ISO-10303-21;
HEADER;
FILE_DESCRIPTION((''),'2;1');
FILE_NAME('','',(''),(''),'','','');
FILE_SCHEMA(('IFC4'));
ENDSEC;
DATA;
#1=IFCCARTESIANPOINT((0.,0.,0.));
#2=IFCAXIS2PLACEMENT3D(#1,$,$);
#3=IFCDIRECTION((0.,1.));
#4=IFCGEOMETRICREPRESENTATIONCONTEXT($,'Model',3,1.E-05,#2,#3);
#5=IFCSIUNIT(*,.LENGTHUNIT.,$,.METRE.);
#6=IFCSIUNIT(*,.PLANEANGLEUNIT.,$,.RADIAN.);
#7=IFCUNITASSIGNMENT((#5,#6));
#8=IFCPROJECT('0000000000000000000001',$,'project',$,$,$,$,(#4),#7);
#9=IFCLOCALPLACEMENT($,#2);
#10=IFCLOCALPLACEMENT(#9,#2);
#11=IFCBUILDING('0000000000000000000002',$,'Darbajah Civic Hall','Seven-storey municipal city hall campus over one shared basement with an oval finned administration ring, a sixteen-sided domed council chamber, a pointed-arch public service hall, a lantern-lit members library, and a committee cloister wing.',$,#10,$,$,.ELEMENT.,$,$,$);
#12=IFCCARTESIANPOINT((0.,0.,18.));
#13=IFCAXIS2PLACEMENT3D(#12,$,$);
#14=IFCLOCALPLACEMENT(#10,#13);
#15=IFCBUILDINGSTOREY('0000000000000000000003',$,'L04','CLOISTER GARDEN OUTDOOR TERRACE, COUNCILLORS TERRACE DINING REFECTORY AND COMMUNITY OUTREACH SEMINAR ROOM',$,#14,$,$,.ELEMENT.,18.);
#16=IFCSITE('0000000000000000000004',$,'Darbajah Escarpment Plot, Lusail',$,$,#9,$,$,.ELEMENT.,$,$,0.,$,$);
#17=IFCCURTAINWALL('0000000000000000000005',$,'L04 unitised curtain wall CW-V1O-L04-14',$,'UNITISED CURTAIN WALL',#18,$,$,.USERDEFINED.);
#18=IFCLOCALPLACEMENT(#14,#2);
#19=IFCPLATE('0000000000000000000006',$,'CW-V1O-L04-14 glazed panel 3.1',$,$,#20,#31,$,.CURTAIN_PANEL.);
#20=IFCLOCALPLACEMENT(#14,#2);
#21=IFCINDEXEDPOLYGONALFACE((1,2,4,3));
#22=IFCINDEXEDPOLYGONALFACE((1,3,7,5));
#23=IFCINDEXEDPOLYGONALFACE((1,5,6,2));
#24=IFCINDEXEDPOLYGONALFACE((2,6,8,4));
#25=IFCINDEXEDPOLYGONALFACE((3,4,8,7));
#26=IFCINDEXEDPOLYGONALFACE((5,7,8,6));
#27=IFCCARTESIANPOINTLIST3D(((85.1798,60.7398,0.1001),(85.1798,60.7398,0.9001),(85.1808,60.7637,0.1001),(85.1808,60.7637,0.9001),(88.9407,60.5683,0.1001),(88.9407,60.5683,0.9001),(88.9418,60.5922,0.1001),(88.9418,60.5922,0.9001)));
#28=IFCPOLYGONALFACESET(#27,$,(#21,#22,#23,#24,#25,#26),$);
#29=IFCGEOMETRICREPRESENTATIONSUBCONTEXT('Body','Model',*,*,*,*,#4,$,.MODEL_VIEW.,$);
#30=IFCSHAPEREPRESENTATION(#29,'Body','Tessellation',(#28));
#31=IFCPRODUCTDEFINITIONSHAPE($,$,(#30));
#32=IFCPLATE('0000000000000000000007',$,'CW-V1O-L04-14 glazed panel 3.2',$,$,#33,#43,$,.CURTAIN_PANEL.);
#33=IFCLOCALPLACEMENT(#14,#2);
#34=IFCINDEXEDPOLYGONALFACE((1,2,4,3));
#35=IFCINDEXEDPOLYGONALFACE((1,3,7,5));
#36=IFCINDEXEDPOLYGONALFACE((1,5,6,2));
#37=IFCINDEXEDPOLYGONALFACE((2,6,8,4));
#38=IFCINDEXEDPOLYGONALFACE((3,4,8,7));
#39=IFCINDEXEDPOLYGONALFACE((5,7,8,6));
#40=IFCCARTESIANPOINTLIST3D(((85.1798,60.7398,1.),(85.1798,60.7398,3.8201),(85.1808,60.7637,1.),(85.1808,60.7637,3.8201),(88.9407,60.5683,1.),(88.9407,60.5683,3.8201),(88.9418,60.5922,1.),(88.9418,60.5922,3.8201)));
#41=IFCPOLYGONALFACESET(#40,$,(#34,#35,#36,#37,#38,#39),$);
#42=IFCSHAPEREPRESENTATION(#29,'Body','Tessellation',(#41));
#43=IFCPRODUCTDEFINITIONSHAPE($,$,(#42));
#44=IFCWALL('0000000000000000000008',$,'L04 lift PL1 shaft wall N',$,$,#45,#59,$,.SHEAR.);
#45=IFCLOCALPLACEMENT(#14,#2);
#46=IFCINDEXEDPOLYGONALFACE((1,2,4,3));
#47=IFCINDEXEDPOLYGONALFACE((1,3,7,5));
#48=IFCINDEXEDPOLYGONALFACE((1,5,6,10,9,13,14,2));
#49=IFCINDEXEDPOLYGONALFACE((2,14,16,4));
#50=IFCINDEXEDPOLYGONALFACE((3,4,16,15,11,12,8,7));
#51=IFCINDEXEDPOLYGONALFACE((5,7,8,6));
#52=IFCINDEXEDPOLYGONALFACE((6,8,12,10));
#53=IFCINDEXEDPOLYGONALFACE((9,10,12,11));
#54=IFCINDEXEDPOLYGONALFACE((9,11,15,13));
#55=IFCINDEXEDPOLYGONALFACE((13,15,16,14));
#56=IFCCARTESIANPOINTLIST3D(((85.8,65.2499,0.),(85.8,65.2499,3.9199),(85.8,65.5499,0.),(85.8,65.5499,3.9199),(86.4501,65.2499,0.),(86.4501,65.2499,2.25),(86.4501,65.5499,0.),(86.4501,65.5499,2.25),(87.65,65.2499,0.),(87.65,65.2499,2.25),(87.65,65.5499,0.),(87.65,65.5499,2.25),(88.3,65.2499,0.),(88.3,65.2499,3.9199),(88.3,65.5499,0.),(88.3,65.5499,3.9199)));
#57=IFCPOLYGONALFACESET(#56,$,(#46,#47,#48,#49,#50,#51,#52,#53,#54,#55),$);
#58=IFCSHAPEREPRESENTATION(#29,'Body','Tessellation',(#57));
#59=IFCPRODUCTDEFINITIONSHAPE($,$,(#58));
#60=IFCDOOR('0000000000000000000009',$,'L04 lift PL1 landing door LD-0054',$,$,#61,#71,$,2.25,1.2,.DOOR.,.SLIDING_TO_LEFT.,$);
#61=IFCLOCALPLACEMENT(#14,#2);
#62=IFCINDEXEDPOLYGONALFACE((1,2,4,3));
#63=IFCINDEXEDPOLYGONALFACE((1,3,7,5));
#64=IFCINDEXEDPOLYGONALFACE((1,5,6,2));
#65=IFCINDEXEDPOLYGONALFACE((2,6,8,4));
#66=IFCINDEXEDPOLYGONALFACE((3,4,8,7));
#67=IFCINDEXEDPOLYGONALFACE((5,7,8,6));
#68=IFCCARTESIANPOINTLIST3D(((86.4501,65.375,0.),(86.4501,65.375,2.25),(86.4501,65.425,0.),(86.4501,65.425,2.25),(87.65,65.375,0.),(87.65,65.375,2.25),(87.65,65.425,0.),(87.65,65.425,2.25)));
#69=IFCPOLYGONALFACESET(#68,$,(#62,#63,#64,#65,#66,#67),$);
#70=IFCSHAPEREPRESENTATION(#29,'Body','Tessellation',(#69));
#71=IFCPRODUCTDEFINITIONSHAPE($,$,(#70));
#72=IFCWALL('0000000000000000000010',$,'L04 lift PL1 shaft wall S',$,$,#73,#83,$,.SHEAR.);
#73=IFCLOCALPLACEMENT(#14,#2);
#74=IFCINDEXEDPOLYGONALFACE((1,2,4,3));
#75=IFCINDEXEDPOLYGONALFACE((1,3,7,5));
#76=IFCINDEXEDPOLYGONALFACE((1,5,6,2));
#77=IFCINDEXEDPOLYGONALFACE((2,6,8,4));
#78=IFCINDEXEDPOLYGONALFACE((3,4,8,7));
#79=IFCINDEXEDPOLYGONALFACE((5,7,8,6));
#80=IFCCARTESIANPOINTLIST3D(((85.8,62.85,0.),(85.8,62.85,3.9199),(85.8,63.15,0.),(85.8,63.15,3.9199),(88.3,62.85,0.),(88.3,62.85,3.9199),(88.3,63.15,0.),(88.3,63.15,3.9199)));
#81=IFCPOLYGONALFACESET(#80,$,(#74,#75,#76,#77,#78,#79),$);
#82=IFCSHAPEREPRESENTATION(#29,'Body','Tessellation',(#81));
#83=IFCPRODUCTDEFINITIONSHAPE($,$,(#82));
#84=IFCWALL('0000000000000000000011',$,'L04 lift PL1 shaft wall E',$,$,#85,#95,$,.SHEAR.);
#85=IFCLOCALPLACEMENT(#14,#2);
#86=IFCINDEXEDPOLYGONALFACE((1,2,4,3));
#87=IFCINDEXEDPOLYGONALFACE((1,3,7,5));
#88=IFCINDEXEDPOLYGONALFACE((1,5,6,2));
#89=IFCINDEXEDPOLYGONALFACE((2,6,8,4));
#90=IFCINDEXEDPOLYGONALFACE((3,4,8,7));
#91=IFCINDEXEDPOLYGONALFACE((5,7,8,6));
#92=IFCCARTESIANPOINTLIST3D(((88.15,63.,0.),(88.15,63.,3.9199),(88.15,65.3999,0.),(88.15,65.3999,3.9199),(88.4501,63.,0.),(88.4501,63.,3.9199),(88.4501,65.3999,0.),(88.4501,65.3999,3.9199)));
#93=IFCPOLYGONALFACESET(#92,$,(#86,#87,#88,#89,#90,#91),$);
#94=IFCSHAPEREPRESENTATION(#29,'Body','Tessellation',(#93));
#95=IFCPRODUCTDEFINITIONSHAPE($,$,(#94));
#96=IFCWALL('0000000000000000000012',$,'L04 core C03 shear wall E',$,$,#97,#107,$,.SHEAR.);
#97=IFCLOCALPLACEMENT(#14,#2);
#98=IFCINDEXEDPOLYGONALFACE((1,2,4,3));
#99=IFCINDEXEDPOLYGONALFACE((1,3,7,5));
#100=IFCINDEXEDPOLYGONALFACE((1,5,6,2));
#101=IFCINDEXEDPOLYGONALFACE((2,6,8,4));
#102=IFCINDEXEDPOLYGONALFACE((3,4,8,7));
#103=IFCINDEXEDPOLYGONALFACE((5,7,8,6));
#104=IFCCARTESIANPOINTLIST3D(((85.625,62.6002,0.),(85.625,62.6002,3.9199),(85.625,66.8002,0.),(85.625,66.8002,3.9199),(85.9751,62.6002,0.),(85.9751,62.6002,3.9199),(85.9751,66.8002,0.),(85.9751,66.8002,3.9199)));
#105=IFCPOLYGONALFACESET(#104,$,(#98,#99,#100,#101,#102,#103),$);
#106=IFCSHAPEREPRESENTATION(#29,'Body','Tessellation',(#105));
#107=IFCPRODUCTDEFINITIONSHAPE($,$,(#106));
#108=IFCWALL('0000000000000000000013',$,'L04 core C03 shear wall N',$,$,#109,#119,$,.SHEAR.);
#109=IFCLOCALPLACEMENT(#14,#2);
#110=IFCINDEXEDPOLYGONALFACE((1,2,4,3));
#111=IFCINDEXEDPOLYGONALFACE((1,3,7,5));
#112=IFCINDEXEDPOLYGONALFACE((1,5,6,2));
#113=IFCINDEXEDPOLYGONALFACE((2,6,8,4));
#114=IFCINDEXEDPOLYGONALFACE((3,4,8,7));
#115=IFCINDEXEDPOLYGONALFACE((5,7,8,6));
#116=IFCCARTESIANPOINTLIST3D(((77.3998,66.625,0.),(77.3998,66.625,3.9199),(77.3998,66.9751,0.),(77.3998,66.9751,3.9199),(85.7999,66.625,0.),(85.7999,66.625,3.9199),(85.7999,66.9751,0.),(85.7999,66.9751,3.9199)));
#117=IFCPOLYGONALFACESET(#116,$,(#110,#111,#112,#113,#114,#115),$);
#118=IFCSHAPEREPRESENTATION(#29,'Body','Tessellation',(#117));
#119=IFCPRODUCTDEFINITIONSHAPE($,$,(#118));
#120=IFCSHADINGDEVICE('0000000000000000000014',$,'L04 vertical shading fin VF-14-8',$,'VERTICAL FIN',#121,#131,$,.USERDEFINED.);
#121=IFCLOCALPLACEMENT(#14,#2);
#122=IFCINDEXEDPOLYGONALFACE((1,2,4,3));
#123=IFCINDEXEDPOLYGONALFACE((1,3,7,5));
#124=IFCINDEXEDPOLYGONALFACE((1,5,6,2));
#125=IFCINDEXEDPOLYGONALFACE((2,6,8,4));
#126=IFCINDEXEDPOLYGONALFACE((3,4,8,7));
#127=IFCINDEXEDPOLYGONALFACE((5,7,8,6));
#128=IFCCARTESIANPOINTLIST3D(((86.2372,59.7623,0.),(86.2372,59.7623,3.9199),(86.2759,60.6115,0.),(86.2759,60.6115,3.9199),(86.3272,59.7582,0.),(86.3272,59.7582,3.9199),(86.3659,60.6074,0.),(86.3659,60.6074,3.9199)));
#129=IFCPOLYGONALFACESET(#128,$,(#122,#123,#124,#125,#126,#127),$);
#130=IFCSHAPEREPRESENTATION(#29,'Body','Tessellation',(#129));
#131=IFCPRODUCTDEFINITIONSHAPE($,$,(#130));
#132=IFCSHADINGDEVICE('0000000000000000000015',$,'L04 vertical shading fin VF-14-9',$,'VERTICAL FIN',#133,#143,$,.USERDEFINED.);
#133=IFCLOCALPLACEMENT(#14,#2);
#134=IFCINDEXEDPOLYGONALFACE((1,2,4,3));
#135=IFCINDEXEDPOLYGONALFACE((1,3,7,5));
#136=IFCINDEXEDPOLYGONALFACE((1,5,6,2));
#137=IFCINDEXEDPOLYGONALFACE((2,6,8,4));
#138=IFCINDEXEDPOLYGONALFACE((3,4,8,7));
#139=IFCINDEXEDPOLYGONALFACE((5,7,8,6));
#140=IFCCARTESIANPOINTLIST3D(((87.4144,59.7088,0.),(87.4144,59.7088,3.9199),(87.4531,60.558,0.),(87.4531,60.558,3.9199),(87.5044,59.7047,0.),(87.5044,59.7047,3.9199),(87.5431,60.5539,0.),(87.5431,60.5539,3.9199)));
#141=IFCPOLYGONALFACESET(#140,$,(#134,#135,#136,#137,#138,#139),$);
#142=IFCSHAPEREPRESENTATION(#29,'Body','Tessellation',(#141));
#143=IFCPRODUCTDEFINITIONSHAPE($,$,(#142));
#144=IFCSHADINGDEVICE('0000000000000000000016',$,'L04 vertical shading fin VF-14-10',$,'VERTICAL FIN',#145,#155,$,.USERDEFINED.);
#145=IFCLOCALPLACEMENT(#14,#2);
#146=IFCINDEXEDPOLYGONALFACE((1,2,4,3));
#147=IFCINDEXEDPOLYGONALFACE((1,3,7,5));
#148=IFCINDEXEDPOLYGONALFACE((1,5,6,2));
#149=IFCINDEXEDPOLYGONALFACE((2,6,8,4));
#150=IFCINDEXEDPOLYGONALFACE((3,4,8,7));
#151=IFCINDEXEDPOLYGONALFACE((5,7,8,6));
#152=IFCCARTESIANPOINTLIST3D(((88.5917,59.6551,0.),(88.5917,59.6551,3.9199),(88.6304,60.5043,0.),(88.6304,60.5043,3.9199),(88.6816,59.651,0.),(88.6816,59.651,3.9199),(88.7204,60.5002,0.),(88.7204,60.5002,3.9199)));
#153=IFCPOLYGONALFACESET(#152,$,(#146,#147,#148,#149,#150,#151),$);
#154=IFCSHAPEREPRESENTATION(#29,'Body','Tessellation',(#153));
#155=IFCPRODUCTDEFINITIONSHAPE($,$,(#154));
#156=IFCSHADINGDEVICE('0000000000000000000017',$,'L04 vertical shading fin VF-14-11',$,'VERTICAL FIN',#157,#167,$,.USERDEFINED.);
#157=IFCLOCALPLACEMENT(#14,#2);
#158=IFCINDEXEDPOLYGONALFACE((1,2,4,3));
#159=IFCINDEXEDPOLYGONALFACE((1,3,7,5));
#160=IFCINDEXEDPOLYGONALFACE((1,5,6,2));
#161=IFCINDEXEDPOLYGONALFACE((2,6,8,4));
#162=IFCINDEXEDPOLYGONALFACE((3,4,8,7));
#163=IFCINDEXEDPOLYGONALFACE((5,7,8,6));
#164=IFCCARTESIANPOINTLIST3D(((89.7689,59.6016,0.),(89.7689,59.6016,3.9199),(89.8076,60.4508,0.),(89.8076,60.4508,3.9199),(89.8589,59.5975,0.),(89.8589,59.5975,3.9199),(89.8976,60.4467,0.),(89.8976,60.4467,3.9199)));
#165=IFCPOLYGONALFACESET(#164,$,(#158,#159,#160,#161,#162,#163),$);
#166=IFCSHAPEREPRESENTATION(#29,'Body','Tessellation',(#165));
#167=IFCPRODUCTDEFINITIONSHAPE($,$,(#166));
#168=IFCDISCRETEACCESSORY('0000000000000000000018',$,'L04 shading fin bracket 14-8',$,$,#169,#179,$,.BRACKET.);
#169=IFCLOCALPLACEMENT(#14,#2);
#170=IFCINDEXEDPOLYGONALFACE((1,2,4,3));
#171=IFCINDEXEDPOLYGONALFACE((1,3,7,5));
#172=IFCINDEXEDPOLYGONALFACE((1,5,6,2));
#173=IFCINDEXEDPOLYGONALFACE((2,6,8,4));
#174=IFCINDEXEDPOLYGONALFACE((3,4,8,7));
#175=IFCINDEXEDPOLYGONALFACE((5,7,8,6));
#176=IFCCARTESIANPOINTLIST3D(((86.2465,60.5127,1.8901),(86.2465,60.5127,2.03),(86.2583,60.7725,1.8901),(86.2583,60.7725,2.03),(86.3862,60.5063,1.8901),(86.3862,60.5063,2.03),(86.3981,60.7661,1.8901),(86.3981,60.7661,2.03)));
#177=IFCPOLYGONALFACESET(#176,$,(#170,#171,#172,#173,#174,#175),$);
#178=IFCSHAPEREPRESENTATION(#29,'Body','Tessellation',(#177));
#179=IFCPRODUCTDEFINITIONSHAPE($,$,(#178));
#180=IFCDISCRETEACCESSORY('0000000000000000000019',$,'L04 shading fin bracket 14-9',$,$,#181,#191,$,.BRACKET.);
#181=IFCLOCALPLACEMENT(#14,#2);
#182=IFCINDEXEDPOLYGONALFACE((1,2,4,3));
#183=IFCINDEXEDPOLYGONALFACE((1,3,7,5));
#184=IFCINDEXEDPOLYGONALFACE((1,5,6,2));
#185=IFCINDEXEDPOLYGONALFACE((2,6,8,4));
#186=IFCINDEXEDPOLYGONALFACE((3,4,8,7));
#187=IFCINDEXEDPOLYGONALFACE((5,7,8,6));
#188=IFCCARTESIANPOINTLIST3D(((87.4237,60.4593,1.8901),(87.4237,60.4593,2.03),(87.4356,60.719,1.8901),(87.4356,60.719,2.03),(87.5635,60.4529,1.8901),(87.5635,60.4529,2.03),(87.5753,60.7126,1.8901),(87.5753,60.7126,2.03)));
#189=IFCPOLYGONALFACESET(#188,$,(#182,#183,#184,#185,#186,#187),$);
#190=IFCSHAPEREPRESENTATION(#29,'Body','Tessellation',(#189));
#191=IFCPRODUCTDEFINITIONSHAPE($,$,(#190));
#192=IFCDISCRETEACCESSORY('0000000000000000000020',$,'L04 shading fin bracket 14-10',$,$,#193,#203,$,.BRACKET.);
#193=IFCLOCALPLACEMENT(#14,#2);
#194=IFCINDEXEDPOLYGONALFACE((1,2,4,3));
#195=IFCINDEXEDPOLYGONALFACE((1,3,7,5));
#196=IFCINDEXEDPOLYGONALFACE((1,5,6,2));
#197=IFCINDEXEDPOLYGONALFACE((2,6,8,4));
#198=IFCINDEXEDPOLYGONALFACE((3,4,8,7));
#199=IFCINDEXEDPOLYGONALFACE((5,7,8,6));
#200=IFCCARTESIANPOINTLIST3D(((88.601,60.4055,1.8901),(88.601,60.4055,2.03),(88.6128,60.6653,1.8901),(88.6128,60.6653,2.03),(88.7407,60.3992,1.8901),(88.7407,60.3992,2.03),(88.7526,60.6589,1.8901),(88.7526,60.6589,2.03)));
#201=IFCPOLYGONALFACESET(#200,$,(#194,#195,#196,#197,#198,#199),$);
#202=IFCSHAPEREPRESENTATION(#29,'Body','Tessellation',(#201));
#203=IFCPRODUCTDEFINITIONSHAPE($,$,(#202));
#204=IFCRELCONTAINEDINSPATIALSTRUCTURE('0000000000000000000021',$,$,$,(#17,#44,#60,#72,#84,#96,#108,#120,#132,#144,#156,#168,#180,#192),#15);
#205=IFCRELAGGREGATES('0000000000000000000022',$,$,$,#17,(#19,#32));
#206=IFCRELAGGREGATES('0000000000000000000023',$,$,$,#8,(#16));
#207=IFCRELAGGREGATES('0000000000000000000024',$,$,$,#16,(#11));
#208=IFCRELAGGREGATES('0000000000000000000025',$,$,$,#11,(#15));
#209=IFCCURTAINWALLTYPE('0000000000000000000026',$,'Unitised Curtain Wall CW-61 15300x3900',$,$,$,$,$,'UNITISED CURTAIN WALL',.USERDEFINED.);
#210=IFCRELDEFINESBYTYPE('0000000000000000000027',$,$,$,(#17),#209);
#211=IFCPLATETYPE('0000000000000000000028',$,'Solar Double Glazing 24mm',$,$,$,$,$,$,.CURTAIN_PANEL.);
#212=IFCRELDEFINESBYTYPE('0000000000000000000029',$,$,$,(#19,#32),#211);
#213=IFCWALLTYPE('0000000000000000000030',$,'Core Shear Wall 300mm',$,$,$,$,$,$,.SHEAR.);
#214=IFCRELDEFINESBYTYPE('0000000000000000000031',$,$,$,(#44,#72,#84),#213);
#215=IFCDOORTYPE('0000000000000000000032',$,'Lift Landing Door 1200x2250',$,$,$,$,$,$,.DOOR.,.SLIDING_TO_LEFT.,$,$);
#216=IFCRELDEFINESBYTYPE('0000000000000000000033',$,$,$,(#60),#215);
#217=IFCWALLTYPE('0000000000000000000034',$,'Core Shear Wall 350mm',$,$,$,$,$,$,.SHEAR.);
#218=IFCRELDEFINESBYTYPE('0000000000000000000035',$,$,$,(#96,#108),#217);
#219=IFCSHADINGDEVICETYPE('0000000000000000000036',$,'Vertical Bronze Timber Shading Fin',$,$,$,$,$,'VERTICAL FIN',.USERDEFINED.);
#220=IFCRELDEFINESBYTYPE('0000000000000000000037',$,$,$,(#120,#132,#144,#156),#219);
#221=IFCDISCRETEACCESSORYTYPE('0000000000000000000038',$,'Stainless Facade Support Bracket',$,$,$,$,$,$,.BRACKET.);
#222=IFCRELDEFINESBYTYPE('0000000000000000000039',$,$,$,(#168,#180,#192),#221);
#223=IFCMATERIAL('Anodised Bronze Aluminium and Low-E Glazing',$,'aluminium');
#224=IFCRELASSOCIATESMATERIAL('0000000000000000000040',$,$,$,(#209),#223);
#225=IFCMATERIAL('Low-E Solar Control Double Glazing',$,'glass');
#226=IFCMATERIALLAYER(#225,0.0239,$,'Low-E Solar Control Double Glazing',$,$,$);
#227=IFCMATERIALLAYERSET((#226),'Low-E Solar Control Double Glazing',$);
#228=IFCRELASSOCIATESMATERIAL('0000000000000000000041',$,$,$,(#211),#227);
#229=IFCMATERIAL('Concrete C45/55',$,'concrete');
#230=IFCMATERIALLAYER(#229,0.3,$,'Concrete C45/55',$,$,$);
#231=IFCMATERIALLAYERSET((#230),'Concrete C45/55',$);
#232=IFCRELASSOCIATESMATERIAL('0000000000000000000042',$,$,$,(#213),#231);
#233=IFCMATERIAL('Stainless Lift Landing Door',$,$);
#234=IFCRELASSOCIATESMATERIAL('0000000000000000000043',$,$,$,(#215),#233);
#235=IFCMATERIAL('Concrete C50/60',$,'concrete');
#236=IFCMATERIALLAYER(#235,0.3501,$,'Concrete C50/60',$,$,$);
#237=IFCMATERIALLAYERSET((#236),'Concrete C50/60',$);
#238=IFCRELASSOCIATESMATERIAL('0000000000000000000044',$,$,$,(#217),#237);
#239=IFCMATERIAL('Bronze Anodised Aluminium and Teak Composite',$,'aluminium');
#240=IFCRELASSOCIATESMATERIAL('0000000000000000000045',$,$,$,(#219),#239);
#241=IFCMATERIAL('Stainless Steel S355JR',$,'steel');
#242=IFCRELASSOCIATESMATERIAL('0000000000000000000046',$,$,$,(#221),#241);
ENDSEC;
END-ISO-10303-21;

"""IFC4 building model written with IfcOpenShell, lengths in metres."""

from ifc_helpers import new_model, si_unit, direction, frame, frame_2d, origin, origin_2d, place, context, subcontext, project, spatial, rectangle, extrude, material, layer, layer_set, type_object, element, fill, aggregate, save


model = new_model("IFC4")

# Units and contexts
model_context = context("Model", 3, precision=1e-05, world=origin(), true_north=direction((0.0, 1.0)))
body_context = subcontext(model_context, "Body", "Model", "MODEL_VIEW")
ifc_project = project(units=[si_unit("LENGTHUNIT", "METRE"), si_unit("PLANEANGLEUNIT", "RADIAN")], contexts=[model_context])

# Site, building, storey
site_placement = place(None, origin())
site = spatial("IfcSite", under=ifc_project, at=site_placement, Name="Darbajah Escarpment Plot, Lusail", CompositionType="ELEMENT", RefElevation=0.0)
building_placement = place(site_placement, origin())
building = spatial("IfcBuilding", under=site, at=building_placement, Name="Darbajah Civic Hall", Description="Seven-storey municipal city hall campus over one shared basement with an oval finned administration ring, a sixteen-sided domed council chamber, a pointed-arch public service hall, a lantern-lit members library, and a committee cloister wing.", CompositionType="ELEMENT")
storey_placement = place(building_placement, frame((0.0, 0.0, 18.0)))
storey = spatial("IfcBuildingStorey", under=building, at=storey_placement, Name="L04", Description="CLOISTER GARDEN OUTDOOR TERRACE, COUNCILLORS TERRACE DINING REFECTORY AND COMMUNITY OUTREACH SEMINAR ROOM", CompositionType="ELEMENT", Elevation=18.0)

# Curtain wall
ifc_material_1 = material(Name="Anodised Bronze Aluminium and Low-E Glazing", Category="aluminium")
curtain_wall_type = type_object("IfcCurtainWallType", Name="Unitised Curtain Wall CW-61 15300x3900", ElementType="UNITISED CURTAIN WALL", PredefinedType="USERDEFINED", material=ifc_material_1)
curtain_wall_placement = place(storey_placement, origin())
curtain_wall = element("IfcCurtainWall", 1, at=curtain_wall_placement, inside=storey, type_object=curtain_wall_type, Name="L04 unitised curtain wall CW-V1O-L04-14", ObjectType="UNITISED CURTAIN WALL", PredefinedType="USERDEFINED")

# Plates
ifc_material_2 = material(Name="Low-E Solar Control Double Glazing", Category="glass")
ifc_layer_1 = layer(ifc_material_2, 0.0239, Name="Low-E Solar Control Double Glazing")
ifc_layer_set_1 = layer_set([ifc_layer_1], Name="Low-E Solar Control Double Glazing")
plate_type = type_object("IfcPlateType", Name="Solar Double Glazing 24mm", PredefinedType="CURTAIN_PANEL", material=ifc_layer_set_1)
plate_1_placement = place(storey_placement, frame((87.0608, 60.666, 0.1001), z_axis=(0.0, 0.0, 1.0), x_axis=(0.998963, -0.045537, 0.0)))
plate_1 = element("IfcPlate", 2, at=plate_1_placement, type_object=plate_type, Name="CW-V1O-L04-14 glazed panel 3.1", PredefinedType="CURTAIN_PANEL", context=body_context, shape_type="SweptSolid", body=[
    extrude(rectangle(XDim=3.7649, YDim=0.0239, at=origin_2d()), origin(), (0.0, 0.0, 1.0), 0.8),
])
plate_2_placement = place(storey_placement, frame((87.0608, 60.666, 1.0), z_axis=(0.0, 0.0, 1.0), x_axis=(0.998963, -0.045537, 0.0)))
plate_2 = element("IfcPlate", 3, at=plate_2_placement, type_object=plate_type, Name="CW-V1O-L04-14 glazed panel 3.2", PredefinedType="CURTAIN_PANEL", context=body_context, shape_type="SweptSolid", body=[
    extrude(rectangle(XDim=3.7649, YDim=0.0239, at=origin_2d()), origin(), (0.0, 0.0, 1.0), 2.8201),
])
aggregate(curtain_wall, [plate_1, plate_2])

# Wall, opening, door
ifc_material_3 = material(Name="Concrete C45/55", Category="concrete")
ifc_layer_2 = layer(ifc_material_3, 0.3, Name="Concrete C45/55")
ifc_layer_set_2 = layer_set([ifc_layer_2], Name="Concrete C45/55")
wall_type_1 = type_object("IfcWallType", Name="Core Shear Wall 300mm", PredefinedType="SHEAR", material=ifc_layer_set_2)
wall_1_placement = place(storey_placement, frame((88.3, 65.3999, 0.0), z_axis=(0.0, 0.0, 1.0), x_axis=(-1.0, 0.0, 0.0)))
wall_1 = element("IfcWall", 4, at=wall_1_placement, inside=storey, type_object=wall_type_1, Name="L04 lift PL1 shaft wall N", PredefinedType="SHEAR", context=body_context, shape_type="SweptSolid", body=[
    extrude(rectangle(XDim=2.5, YDim=0.3, at=frame_2d((1.25, 0.0))), origin(), (0.0, 0.0, 1.0), 3.9199),
])
opening_placement = place(wall_1_placement, frame((0.6499, 0.0, 0.0)))
opening = element("IfcOpeningElement", 5, at=opening_placement, cuts=wall_1, PredefinedType="OPENING", context=body_context, shape_type="SweptSolid", body=[
    extrude(rectangle(XDim=1.2, YDim=2.25, at=frame_2d((0.6001, 1.125))), frame((0.0, 0.1599, 0.0), z_axis=(0.0, -1.0, 0.0), x_axis=(1.0, 0.0, 0.0)), (0.0, 0.0, 1.0), 0.3201),
])
ifc_material_4 = material(Name="Stainless Lift Landing Door")
door_type = type_object("IfcDoorType", Name="Lift Landing Door 1200x2250", OperationType="SLIDING_TO_LEFT", PredefinedType="DOOR", material=ifc_material_4)
door_placement = place(opening_placement, origin())
door = element("IfcDoor", 6, at=door_placement, inside=storey, type_object=door_type, Name="L04 lift PL1 landing door LD-0054", OperationType="SLIDING_TO_LEFT", OverallHeight=2.25, OverallWidth=1.2, PredefinedType="DOOR", context=body_context, shape_type="SweptSolid", body=[
    extrude(rectangle(XDim=1.2, YDim=2.25, at=frame_2d((0.6001, 1.125))), frame((0.0, 0.0249, 0.0), z_axis=(0.0, -1.0, 0.0), x_axis=(1.0, 0.0, 0.0)), (0.0, 0.0, 1.0), 0.05),
])
fill(opening, door)

# Walls
wall_2_placement = place(storey_placement, frame((85.8, 63.0, 0.0), z_axis=(0.0, 0.0, 1.0), x_axis=(1.0, 0.0, 0.0)))
element("IfcWall", 7, at=wall_2_placement, inside=storey, type_object=wall_type_1, Name="L04 lift PL1 shaft wall S", PredefinedType="SHEAR", context=body_context, shape_type="SweptSolid", body=[
    extrude(rectangle(XDim=2.5, YDim=0.3, at=frame_2d((1.25, 0.0))), origin(), (0.0, 0.0, 1.0), 3.9199),
])
wall_3_placement = place(storey_placement, frame((88.3, 63.0, 0.0), z_axis=(0.0, 0.0, 1.0), x_axis=(0.0, 1.0, 0.0)))
element("IfcWall", 8, at=wall_3_placement, inside=storey, type_object=wall_type_1, Name="L04 lift PL1 shaft wall E", PredefinedType="SHEAR", context=body_context, shape_type="SweptSolid", body=[
    extrude(rectangle(XDim=2.3999, YDim=0.3, at=frame_2d((1.2, 0.0))), origin(), (0.0, 0.0, 1.0), 3.9199),
])
ifc_material_5 = material(Name="Concrete C50/60", Category="concrete")
ifc_layer_3 = layer(ifc_material_5, 0.3501, Name="Concrete C50/60")
ifc_layer_set_3 = layer_set([ifc_layer_3], Name="Concrete C50/60")
wall_type_2 = type_object("IfcWallType", Name="Core Shear Wall 350mm", PredefinedType="SHEAR", material=ifc_layer_set_3)
wall_4_placement = place(storey_placement, frame((85.8, 62.6001, 0.0), z_axis=(0.0, 0.0, 1.0), x_axis=(0.0, 1.0, 0.0)))
element("IfcWall", 9, at=wall_4_placement, inside=storey, type_object=wall_type_2, Name="L04 core C03 shear wall E", PredefinedType="SHEAR", context=body_context, shape_type="SweptSolid", body=[
    extrude(rectangle(XDim=4.2, YDim=0.3501, at=frame_2d((2.1001, 0.0))), origin(), (0.0, 0.0, 1.0), 3.9199),
])
wall_5_placement = place(storey_placement, frame((85.8, 66.8, 0.0), z_axis=(0.0, 0.0, 1.0), x_axis=(-1.0, 0.0, 0.0)))
element("IfcWall", 10, at=wall_5_placement, inside=storey, type_object=wall_type_2, Name="L04 core C03 shear wall N", PredefinedType="SHEAR", context=body_context, shape_type="SweptSolid", body=[
    extrude(rectangle(XDim=8.4001, YDim=0.3501, at=frame_2d((4.2002, 0.0))), origin(), (0.0, 0.0, 1.0), 3.9199),
])

# Shading devices
ifc_material_6 = material(Name="Bronze Anodised Aluminium and Teak Composite", Category="aluminium")
shading_device_type = type_object("IfcShadingDeviceType", Name="Vertical Bronze Timber Shading Fin", ElementType="VERTICAL FIN", PredefinedType="USERDEFINED", material=ifc_material_6)
for number, where, z_axis, x_axis, name in (
    (11, (86.3015, 60.1848, 0.0), (0.0, 0.0, 1.0), (-0.045537, -0.998963, 0.0), "L04 vertical shading fin VF-14-8"),
    (12, (87.4788, 60.1313, 0.0), (0.0, 0.0, 1.0), (-0.045537, -0.998963, 0.0), "L04 vertical shading fin VF-14-9"),
    (13, (88.656, 60.0776, 0.0), (0.0, 0.0, 1.0), (-0.045537, -0.998963, 0.0), "L04 vertical shading fin VF-14-10"),
    (14, (89.8333, 60.0242, 0.0), (0.0, 0.0, 1.0), (-0.045537, -0.998963, 0.0), "L04 vertical shading fin VF-14-11"),
):
    element("IfcShadingDevice", number, at=place(storey_placement, frame(where, z_axis=z_axis, x_axis=x_axis)), inside=storey, type_object=shading_device_type, Name=name, ObjectType="VERTICAL FIN", PredefinedType="USERDEFINED", context=body_context, shape_type="SweptSolid", body=[
        extrude(rectangle(XDim=0.8501, YDim=0.0901, at=origin_2d()), origin(), (0.0, 0.0, 1.0), 3.9199),
    ])

# Discrete accessories
ifc_material_7 = material(Name="Stainless Steel S355JR", Category="steel")
discrete_accessory_type = type_object("IfcDiscreteAccessoryType", Name="Stainless Facade Support Bracket", PredefinedType="BRACKET", material=ifc_material_7)
for number, where, z_axis, x_axis, name in (
    (15, (86.3223, 60.6394, 1.8901), (0.0, 0.0, 1.0), (-0.045537, -0.998963, 0.0), "L04 shading fin bracket 14-8"),
    (16, (87.4995, 60.5859, 1.8901), (0.0, 0.0, 1.0), (-0.045537, -0.998963, 0.0), "L04 shading fin bracket 14-9"),
    (17, (88.6768, 60.5322, 1.8901), (0.0, 0.0, 1.0), (-0.045537, -0.998963, 0.0), "L04 shading fin bracket 14-10"),
):
    element("IfcDiscreteAccessory", number, at=place(storey_placement, frame(where, z_axis=z_axis, x_axis=x_axis)), inside=storey, type_object=discrete_accessory_type, Name=name, PredefinedType="BRACKET", context=body_context, shape_type="SweptSolid", body=[
        extrude(rectangle(XDim=0.26, YDim=0.1399, at=origin_2d()), origin(), (0.0, 0.0, 1.0), 0.1399),
    ])

save(model, "model.ifc")
